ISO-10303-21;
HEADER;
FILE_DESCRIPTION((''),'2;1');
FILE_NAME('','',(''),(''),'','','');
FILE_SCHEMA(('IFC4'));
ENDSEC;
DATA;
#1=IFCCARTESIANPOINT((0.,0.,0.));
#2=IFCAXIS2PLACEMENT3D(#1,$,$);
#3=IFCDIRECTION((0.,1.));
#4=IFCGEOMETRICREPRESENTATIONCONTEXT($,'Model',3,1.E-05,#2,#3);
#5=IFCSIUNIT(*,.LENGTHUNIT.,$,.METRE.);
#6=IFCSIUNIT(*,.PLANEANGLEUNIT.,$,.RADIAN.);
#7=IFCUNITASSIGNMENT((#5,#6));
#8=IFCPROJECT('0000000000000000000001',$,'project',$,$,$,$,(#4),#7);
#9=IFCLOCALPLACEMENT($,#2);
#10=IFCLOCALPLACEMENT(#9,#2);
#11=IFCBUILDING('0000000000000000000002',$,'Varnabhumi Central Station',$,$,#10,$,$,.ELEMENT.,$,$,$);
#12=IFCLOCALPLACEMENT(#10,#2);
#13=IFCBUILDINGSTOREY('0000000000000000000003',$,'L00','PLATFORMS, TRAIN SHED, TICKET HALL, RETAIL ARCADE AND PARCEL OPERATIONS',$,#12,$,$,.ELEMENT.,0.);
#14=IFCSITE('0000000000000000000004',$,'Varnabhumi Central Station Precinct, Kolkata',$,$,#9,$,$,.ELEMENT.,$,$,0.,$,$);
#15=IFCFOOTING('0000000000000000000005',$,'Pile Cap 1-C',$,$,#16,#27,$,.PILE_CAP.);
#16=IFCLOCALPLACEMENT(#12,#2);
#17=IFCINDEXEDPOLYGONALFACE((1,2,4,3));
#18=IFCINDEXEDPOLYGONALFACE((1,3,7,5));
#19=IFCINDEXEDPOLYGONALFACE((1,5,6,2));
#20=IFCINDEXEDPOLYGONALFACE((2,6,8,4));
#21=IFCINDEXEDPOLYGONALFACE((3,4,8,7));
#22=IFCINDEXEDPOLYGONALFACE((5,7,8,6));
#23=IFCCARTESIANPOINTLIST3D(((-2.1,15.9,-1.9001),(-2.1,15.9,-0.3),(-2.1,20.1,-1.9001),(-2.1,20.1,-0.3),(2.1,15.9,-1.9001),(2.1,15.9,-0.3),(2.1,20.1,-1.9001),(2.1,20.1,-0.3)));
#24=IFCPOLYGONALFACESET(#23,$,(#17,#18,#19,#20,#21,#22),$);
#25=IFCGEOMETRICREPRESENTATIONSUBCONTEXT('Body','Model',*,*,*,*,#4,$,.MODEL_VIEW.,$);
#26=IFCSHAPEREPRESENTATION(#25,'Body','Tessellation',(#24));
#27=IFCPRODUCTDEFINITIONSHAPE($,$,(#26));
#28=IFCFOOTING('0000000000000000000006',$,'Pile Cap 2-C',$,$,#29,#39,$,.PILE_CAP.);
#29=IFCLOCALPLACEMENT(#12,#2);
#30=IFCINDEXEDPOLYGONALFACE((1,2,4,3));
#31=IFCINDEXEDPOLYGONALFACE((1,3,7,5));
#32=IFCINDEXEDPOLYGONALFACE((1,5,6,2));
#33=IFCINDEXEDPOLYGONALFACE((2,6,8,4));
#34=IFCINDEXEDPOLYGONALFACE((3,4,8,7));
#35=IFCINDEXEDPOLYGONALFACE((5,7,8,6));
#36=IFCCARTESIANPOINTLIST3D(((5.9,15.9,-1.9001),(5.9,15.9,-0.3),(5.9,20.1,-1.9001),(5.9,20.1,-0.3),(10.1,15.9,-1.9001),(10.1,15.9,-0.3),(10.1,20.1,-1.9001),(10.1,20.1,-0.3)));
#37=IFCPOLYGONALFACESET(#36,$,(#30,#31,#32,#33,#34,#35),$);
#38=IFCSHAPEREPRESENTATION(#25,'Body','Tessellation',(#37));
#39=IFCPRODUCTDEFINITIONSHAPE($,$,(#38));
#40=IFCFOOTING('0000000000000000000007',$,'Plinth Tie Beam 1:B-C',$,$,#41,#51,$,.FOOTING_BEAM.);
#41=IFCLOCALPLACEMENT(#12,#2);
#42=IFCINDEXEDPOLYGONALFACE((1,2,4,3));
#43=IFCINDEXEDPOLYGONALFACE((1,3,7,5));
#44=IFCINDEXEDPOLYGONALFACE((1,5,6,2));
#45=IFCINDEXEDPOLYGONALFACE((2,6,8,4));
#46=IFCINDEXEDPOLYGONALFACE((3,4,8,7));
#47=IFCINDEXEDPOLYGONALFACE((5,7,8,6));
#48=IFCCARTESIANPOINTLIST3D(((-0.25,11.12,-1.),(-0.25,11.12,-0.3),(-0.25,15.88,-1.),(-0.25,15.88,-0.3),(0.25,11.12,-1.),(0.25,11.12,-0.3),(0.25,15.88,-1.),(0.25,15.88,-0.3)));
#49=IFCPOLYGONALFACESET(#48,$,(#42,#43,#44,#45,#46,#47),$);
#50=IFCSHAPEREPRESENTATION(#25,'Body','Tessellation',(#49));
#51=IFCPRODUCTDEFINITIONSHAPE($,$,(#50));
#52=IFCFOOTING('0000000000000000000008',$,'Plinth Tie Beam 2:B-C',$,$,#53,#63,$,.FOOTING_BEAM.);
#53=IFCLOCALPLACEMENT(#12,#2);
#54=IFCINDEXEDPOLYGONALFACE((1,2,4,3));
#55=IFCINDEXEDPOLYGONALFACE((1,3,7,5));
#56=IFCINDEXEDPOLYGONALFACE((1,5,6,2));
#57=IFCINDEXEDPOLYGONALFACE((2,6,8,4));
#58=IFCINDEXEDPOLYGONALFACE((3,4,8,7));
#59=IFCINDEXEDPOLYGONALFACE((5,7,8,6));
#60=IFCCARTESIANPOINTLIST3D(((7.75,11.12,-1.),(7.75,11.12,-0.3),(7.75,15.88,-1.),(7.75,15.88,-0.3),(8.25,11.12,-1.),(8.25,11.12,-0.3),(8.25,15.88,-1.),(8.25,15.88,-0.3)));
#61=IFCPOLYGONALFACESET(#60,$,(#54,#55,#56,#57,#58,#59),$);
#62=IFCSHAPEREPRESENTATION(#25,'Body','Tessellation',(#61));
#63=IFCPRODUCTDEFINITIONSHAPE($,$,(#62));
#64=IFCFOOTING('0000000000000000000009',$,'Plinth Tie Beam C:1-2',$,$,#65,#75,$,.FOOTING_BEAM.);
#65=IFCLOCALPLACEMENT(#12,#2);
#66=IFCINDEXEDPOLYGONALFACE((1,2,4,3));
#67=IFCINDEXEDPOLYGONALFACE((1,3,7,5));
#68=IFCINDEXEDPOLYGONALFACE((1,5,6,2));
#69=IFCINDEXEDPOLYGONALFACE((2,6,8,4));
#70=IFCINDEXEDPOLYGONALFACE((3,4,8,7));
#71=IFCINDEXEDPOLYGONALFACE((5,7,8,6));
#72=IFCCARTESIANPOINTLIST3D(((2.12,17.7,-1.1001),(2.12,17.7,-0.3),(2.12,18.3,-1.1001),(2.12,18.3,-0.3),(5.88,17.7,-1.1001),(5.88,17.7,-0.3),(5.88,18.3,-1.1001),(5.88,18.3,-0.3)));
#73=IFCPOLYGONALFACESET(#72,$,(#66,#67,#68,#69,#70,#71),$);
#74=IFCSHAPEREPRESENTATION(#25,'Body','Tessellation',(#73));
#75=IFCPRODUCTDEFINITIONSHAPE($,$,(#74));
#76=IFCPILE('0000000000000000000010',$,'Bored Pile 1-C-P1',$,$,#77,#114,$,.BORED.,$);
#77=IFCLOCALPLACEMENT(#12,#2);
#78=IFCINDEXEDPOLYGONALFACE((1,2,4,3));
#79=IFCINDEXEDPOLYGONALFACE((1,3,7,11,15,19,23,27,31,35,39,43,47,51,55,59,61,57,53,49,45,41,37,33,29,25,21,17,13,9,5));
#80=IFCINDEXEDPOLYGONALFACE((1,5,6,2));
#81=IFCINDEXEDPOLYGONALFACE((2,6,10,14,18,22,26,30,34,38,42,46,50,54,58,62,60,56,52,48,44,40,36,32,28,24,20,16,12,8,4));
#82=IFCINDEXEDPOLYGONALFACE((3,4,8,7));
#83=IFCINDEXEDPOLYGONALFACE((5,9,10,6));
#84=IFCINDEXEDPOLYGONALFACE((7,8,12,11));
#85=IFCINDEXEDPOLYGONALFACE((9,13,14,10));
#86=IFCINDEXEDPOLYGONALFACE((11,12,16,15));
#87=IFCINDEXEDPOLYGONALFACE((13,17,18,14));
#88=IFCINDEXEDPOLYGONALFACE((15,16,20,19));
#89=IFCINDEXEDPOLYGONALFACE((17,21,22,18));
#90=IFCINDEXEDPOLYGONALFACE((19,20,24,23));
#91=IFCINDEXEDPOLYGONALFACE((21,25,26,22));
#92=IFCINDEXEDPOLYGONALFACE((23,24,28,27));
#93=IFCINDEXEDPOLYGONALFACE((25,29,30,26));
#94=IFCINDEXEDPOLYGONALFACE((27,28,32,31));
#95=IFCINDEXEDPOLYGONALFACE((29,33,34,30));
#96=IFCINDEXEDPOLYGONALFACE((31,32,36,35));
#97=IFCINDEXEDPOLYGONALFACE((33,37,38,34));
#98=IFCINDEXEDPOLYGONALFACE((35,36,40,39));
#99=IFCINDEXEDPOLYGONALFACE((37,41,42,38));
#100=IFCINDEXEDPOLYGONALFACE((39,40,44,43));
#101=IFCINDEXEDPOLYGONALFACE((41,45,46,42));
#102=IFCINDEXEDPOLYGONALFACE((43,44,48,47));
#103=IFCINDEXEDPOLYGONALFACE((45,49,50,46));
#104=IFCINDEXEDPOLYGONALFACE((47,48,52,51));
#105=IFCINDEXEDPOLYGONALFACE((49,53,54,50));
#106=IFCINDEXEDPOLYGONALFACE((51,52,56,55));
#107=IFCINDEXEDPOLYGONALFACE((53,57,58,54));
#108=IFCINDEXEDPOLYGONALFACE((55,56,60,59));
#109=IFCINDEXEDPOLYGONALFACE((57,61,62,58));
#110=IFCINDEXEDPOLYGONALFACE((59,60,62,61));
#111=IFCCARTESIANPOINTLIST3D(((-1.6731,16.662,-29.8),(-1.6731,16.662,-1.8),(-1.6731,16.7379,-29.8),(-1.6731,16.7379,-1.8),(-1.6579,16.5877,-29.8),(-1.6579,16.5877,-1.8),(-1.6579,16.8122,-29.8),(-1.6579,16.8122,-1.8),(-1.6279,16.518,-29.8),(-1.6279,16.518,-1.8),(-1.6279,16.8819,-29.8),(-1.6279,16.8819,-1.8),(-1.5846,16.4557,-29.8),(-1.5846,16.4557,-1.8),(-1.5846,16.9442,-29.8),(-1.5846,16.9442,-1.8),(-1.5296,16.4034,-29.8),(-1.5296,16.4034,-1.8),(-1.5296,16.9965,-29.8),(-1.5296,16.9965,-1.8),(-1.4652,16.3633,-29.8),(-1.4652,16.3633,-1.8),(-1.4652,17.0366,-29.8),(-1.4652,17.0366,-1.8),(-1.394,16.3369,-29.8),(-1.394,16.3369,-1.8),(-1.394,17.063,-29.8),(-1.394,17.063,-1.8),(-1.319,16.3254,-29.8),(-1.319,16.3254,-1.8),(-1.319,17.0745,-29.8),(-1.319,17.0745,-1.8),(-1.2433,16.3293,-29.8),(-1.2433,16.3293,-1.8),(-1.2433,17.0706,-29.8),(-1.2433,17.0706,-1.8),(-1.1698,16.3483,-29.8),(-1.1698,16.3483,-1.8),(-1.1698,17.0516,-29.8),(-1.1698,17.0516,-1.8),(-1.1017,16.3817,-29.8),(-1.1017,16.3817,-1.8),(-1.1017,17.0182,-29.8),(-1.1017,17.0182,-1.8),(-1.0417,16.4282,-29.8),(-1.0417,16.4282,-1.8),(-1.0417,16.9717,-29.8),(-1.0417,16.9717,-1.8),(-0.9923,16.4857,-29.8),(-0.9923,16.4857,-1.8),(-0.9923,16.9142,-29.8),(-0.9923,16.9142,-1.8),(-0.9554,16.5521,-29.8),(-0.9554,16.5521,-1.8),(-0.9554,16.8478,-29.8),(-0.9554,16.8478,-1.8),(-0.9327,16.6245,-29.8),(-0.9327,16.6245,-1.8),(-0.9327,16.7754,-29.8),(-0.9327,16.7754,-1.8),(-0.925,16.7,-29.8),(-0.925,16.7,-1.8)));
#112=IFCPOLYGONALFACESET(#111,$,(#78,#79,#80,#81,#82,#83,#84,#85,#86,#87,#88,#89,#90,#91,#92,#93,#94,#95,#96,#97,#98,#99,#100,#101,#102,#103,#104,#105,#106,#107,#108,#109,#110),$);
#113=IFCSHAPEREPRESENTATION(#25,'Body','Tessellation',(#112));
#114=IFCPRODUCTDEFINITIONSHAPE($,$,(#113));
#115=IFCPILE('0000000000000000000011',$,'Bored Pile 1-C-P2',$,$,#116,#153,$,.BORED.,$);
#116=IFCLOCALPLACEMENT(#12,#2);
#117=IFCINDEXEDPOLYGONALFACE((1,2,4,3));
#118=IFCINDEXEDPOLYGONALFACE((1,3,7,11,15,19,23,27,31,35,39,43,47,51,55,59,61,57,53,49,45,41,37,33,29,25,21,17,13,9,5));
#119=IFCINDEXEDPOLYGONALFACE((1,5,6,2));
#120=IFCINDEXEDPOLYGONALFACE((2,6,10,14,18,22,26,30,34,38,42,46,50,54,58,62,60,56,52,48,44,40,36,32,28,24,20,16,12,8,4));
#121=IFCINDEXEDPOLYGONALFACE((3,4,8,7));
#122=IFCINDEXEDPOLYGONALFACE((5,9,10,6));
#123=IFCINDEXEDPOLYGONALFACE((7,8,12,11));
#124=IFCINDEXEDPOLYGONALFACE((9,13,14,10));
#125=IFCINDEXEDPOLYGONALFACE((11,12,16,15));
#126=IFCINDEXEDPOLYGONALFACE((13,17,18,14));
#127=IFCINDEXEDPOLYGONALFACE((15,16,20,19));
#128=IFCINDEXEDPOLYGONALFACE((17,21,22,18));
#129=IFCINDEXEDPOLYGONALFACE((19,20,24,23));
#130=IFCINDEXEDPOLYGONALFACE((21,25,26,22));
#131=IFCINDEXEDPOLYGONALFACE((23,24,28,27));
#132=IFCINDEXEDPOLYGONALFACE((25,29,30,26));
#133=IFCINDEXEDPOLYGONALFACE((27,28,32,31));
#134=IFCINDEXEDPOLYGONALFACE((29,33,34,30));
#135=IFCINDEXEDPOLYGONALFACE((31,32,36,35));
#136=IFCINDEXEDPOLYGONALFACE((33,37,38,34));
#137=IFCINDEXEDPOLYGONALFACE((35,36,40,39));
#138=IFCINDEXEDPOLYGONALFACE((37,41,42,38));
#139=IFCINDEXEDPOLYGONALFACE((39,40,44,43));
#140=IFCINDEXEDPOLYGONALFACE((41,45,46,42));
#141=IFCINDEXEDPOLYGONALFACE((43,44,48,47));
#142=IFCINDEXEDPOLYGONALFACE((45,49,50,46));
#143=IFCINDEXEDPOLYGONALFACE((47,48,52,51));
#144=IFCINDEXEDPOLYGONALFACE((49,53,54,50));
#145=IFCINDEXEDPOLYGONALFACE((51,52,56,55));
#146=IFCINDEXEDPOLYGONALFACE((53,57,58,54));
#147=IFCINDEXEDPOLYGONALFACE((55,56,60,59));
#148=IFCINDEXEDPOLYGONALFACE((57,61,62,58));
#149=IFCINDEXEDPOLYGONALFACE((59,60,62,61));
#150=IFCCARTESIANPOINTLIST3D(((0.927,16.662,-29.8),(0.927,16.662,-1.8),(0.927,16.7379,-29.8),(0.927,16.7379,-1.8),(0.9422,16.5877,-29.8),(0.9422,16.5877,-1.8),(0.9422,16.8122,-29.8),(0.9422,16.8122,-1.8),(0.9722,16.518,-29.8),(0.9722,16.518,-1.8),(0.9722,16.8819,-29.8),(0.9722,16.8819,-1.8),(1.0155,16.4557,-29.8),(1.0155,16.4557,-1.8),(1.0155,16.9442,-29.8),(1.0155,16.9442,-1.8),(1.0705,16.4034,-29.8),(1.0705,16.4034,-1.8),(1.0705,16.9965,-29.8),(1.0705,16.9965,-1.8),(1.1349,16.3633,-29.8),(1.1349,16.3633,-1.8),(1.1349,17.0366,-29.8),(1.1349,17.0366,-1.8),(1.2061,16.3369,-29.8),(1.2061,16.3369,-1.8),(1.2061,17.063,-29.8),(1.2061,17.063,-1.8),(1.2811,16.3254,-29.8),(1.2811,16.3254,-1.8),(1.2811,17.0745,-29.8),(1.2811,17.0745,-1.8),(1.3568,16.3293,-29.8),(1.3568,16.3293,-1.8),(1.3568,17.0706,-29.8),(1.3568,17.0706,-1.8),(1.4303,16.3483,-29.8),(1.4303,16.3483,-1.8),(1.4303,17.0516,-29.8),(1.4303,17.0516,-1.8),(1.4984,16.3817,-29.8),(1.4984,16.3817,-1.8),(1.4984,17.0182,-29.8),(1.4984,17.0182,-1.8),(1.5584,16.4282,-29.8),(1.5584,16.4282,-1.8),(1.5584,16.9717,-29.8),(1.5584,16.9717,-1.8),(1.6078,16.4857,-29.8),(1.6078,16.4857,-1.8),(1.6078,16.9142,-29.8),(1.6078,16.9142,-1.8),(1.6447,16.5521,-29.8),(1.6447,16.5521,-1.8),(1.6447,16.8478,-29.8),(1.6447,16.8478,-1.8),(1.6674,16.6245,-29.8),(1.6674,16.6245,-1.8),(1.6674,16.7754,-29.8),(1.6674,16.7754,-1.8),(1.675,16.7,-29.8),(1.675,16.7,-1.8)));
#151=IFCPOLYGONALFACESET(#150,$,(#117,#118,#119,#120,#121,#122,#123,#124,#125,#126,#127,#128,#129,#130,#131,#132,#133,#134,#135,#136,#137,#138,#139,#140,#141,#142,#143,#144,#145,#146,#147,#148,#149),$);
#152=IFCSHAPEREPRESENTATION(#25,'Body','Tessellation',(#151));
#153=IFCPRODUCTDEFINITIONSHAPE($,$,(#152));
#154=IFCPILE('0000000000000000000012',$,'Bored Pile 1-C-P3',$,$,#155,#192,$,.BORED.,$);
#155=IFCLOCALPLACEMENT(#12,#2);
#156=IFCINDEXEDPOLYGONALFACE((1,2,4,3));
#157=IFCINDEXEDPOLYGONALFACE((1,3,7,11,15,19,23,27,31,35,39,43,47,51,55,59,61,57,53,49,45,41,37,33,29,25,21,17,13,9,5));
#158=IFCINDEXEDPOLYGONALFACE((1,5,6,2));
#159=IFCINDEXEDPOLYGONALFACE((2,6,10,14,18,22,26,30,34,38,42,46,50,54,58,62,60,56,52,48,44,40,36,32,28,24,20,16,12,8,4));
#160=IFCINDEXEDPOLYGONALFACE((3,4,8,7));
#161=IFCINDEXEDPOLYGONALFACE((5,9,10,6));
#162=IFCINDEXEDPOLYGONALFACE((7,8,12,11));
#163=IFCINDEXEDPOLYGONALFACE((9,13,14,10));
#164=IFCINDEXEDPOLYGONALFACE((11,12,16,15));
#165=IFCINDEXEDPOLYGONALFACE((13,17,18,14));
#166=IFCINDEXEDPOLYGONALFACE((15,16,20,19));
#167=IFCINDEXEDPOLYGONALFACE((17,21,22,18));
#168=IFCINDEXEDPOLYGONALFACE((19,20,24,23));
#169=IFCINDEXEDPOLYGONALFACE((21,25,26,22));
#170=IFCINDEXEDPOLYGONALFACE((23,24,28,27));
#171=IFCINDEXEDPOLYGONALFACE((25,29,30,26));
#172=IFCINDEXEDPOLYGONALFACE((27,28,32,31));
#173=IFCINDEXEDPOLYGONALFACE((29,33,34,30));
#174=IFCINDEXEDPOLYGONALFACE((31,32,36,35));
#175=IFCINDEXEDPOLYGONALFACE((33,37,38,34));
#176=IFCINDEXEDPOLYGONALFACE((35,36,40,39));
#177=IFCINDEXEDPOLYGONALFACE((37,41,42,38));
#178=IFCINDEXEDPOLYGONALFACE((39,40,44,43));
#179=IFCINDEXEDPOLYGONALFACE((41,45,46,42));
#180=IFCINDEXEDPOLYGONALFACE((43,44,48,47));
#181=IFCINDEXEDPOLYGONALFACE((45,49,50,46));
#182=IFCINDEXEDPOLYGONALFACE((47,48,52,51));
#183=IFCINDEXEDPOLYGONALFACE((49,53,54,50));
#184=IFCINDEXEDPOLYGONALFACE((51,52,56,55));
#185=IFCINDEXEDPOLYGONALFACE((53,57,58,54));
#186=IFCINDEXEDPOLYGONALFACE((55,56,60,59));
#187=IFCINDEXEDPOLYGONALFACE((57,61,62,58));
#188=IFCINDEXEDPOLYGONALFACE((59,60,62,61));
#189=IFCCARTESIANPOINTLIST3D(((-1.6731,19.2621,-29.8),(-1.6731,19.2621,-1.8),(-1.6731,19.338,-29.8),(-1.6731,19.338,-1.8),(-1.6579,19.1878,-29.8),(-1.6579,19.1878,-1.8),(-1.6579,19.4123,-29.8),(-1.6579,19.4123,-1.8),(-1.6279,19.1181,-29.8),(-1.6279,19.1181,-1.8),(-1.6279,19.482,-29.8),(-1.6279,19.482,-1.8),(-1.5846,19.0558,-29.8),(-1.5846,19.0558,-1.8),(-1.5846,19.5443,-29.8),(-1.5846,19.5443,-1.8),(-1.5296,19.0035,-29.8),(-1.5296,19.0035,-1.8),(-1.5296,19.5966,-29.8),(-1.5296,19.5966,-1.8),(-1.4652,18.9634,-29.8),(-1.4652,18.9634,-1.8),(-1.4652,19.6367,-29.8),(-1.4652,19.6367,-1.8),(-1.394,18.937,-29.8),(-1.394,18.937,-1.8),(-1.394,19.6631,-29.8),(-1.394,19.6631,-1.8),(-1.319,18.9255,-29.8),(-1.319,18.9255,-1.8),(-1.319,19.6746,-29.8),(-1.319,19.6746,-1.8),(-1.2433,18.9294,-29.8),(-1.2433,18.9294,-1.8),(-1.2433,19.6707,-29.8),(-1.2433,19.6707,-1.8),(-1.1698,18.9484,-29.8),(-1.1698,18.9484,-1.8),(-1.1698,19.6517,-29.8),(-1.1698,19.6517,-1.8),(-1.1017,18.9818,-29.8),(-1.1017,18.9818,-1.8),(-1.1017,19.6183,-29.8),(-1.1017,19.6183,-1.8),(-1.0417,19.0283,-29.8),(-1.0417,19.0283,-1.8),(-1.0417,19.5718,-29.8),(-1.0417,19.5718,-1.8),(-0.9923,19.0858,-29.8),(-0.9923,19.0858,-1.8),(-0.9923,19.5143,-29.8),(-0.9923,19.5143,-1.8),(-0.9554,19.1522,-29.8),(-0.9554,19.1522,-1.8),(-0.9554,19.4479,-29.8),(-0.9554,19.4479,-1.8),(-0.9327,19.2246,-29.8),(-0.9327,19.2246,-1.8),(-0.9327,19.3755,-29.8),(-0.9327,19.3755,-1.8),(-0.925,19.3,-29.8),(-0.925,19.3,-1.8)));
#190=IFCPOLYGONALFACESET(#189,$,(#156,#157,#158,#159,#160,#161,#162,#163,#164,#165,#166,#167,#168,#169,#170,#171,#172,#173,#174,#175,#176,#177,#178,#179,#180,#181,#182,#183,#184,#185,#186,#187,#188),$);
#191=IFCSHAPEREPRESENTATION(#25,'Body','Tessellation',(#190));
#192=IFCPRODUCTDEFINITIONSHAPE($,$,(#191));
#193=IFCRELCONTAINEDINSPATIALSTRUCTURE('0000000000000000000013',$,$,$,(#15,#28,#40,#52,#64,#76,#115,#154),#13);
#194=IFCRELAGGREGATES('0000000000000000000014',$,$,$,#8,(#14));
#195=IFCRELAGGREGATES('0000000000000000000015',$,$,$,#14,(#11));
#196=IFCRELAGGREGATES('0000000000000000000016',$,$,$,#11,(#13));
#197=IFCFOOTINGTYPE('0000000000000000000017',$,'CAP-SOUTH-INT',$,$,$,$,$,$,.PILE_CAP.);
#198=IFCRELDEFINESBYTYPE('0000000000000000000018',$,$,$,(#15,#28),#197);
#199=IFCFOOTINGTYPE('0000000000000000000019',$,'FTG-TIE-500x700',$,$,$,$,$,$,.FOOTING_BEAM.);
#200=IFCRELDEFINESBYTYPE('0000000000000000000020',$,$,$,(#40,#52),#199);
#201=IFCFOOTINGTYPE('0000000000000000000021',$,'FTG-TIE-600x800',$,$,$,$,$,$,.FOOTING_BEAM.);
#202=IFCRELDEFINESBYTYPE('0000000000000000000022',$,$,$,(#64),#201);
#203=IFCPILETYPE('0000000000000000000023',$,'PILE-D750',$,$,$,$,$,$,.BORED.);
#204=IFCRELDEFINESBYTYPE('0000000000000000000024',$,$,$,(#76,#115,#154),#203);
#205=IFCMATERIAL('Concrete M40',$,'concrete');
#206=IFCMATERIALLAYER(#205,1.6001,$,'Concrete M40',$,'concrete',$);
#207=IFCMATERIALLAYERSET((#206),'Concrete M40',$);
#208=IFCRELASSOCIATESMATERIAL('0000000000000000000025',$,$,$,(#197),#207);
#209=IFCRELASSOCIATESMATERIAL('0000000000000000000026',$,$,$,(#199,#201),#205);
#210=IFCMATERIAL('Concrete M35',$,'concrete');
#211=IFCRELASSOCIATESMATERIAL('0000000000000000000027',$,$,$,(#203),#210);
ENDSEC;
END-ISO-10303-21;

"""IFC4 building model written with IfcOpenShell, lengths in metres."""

from ifc_helpers import new_model, si_unit, direction, frame, origin, origin_2d, place, context, subcontext, project, spatial, rectangle, circle, extrude, material, layer, layer_set, material_profile, profile_set, type_object, element, save


model = new_model("IFC4")

# Units and contexts
model_context = context("Model", 3, precision=1e-05, world=origin(), true_north=direction((0.0, 1.0)))
body_context = subcontext(model_context, "Body", "Model", "MODEL_VIEW")
ifc_project = project(units=[si_unit("LENGTHUNIT", "METRE"), si_unit("PLANEANGLEUNIT", "RADIAN")], contexts=[model_context])

# Site, building, storey
site_placement = place(None, origin())
site = spatial("IfcSite", under=ifc_project, at=site_placement, Name="Varnabhumi Central Station Precinct, Kolkata", CompositionType="ELEMENT", RefElevation=0.0)
building_placement = place(site_placement, origin())
building = spatial("IfcBuilding", under=site, at=building_placement, Name="Varnabhumi Central Station", CompositionType="ELEMENT")
storey_placement = place(building_placement, origin())
storey = spatial("IfcBuildingStorey", under=building, at=storey_placement, Name="L00", Description="PLATFORMS, TRAIN SHED, TICKET HALL, RETAIL ARCADE AND PARCEL OPERATIONS", CompositionType="ELEMENT", Elevation=0.0)

# Footings
ifc_material_1 = material(Name="Concrete M40", Category="concrete")
ifc_layer_1 = layer(ifc_material_1, 1.6001, Name="Concrete M40", Category="concrete")
ifc_layer_set_1 = layer_set([ifc_layer_1], Name="Concrete M40")
footing_type_1 = type_object("IfcFootingType", Name="CAP-SOUTH-INT", PredefinedType="PILE_CAP", material=ifc_layer_set_1)
for number, where, z_axis, x_axis, name in (
    (1, (0.0, 18.0, -1.9001), (0.0, 0.0, 1.0), (1.0, 0.0, 0.0), "Pile Cap 1-C"),
    (2, (8.0, 18.0, -1.9001), (0.0, 0.0, 1.0), (1.0, 0.0, 0.0), "Pile Cap 2-C"),
):
    element("IfcFooting", number, at=place(storey_placement, frame(where, z_axis=z_axis, x_axis=x_axis)), inside=storey, type_object=footing_type_1, Name=name, PredefinedType="PILE_CAP", context=body_context, shape_type="SweptSolid", body=[
        extrude(rectangle(XDim=4.2, YDim=4.2, at=origin_2d()), origin(), (0.0, 0.0, 1.0), 1.6001),
    ])
footing_type_2 = type_object("IfcFootingType", Name="FTG-TIE-500x700", PredefinedType="FOOTING_BEAM", material=ifc_material_1)
for number, where, z_axis, x_axis, name in (
    (3, (0.0, 13.5, -1.0), (0.0, 0.0, 1.0), (1.0, 0.0, 0.0), "Plinth Tie Beam 1:B-C"),
    (4, (8.0, 13.5, -1.0), (0.0, 0.0, 1.0), (1.0, 0.0, 0.0), "Plinth Tie Beam 2:B-C"),
):
    element("IfcFooting", number, at=place(storey_placement, frame(where, z_axis=z_axis, x_axis=x_axis)), inside=storey, type_object=footing_type_2, Name=name, PredefinedType="FOOTING_BEAM", context=body_context, shape_type="SweptSolid", body=[
        extrude(rectangle(XDim=0.5, YDim=4.76, at=origin_2d()), origin(), (0.0, 0.0, 1.0), 0.7),
    ])
footing_type_3 = type_object("IfcFootingType", Name="FTG-TIE-600x800", PredefinedType="FOOTING_BEAM", material=ifc_material_1)
footing_placement = place(storey_placement, frame((4.0, 18.0, -1.1001), z_axis=(0.0, 0.0, 1.0), x_axis=(1.0, 0.0, 0.0)))
element("IfcFooting", 5, at=footing_placement, inside=storey, type_object=footing_type_3, Name="Plinth Tie Beam C:1-2", PredefinedType="FOOTING_BEAM", context=body_context, shape_type="SweptSolid", body=[
    extrude(rectangle(XDim=3.76, YDim=0.6001, at=origin_2d()), origin(), (0.0, 0.0, 1.0), 0.8),
])

# Piles
ifc_material_2 = material(Name="Concrete M35", Category="concrete")
ifc_material_profile_1 = material_profile(ifc_material_2, circle(Radius=0.375, at=origin_2d()), Name="Concrete M35", Category="concrete")
ifc_profile_set_1 = profile_set([ifc_material_profile_1], Name="Concrete M35")
pile_type = type_object("IfcPileType", Name="PILE-D750", PredefinedType="BORED", material=ifc_profile_set_1)
for number, where, z_axis, x_axis, name in (
    (6, (-1.3, 16.7, -1.8), (0.0, 0.0, -1.0), (1.0, 0.0, 0.0), "Bored Pile 1-C-P1"),
    (7, (1.3, 16.7, -1.8), (0.0, 0.0, -1.0), (1.0, 0.0, 0.0), "Bored Pile 1-C-P2"),
    (8, (-1.3, 19.3, -1.8), (0.0, 0.0, -1.0), (1.0, 0.0, 0.0), "Bored Pile 1-C-P3"),
):
    element("IfcPile", number, at=place(storey_placement, frame(where, z_axis=z_axis, x_axis=x_axis)), inside=storey, type_object=pile_type, Name=name, PredefinedType="BORED", context=body_context, shape_type="SweptSolid", body=[
        extrude(circle(Radius=0.375, at=origin_2d()), origin(), (0.0, 0.0, 1.0), 28.0),
    ])

save(model, "model.ifc")
